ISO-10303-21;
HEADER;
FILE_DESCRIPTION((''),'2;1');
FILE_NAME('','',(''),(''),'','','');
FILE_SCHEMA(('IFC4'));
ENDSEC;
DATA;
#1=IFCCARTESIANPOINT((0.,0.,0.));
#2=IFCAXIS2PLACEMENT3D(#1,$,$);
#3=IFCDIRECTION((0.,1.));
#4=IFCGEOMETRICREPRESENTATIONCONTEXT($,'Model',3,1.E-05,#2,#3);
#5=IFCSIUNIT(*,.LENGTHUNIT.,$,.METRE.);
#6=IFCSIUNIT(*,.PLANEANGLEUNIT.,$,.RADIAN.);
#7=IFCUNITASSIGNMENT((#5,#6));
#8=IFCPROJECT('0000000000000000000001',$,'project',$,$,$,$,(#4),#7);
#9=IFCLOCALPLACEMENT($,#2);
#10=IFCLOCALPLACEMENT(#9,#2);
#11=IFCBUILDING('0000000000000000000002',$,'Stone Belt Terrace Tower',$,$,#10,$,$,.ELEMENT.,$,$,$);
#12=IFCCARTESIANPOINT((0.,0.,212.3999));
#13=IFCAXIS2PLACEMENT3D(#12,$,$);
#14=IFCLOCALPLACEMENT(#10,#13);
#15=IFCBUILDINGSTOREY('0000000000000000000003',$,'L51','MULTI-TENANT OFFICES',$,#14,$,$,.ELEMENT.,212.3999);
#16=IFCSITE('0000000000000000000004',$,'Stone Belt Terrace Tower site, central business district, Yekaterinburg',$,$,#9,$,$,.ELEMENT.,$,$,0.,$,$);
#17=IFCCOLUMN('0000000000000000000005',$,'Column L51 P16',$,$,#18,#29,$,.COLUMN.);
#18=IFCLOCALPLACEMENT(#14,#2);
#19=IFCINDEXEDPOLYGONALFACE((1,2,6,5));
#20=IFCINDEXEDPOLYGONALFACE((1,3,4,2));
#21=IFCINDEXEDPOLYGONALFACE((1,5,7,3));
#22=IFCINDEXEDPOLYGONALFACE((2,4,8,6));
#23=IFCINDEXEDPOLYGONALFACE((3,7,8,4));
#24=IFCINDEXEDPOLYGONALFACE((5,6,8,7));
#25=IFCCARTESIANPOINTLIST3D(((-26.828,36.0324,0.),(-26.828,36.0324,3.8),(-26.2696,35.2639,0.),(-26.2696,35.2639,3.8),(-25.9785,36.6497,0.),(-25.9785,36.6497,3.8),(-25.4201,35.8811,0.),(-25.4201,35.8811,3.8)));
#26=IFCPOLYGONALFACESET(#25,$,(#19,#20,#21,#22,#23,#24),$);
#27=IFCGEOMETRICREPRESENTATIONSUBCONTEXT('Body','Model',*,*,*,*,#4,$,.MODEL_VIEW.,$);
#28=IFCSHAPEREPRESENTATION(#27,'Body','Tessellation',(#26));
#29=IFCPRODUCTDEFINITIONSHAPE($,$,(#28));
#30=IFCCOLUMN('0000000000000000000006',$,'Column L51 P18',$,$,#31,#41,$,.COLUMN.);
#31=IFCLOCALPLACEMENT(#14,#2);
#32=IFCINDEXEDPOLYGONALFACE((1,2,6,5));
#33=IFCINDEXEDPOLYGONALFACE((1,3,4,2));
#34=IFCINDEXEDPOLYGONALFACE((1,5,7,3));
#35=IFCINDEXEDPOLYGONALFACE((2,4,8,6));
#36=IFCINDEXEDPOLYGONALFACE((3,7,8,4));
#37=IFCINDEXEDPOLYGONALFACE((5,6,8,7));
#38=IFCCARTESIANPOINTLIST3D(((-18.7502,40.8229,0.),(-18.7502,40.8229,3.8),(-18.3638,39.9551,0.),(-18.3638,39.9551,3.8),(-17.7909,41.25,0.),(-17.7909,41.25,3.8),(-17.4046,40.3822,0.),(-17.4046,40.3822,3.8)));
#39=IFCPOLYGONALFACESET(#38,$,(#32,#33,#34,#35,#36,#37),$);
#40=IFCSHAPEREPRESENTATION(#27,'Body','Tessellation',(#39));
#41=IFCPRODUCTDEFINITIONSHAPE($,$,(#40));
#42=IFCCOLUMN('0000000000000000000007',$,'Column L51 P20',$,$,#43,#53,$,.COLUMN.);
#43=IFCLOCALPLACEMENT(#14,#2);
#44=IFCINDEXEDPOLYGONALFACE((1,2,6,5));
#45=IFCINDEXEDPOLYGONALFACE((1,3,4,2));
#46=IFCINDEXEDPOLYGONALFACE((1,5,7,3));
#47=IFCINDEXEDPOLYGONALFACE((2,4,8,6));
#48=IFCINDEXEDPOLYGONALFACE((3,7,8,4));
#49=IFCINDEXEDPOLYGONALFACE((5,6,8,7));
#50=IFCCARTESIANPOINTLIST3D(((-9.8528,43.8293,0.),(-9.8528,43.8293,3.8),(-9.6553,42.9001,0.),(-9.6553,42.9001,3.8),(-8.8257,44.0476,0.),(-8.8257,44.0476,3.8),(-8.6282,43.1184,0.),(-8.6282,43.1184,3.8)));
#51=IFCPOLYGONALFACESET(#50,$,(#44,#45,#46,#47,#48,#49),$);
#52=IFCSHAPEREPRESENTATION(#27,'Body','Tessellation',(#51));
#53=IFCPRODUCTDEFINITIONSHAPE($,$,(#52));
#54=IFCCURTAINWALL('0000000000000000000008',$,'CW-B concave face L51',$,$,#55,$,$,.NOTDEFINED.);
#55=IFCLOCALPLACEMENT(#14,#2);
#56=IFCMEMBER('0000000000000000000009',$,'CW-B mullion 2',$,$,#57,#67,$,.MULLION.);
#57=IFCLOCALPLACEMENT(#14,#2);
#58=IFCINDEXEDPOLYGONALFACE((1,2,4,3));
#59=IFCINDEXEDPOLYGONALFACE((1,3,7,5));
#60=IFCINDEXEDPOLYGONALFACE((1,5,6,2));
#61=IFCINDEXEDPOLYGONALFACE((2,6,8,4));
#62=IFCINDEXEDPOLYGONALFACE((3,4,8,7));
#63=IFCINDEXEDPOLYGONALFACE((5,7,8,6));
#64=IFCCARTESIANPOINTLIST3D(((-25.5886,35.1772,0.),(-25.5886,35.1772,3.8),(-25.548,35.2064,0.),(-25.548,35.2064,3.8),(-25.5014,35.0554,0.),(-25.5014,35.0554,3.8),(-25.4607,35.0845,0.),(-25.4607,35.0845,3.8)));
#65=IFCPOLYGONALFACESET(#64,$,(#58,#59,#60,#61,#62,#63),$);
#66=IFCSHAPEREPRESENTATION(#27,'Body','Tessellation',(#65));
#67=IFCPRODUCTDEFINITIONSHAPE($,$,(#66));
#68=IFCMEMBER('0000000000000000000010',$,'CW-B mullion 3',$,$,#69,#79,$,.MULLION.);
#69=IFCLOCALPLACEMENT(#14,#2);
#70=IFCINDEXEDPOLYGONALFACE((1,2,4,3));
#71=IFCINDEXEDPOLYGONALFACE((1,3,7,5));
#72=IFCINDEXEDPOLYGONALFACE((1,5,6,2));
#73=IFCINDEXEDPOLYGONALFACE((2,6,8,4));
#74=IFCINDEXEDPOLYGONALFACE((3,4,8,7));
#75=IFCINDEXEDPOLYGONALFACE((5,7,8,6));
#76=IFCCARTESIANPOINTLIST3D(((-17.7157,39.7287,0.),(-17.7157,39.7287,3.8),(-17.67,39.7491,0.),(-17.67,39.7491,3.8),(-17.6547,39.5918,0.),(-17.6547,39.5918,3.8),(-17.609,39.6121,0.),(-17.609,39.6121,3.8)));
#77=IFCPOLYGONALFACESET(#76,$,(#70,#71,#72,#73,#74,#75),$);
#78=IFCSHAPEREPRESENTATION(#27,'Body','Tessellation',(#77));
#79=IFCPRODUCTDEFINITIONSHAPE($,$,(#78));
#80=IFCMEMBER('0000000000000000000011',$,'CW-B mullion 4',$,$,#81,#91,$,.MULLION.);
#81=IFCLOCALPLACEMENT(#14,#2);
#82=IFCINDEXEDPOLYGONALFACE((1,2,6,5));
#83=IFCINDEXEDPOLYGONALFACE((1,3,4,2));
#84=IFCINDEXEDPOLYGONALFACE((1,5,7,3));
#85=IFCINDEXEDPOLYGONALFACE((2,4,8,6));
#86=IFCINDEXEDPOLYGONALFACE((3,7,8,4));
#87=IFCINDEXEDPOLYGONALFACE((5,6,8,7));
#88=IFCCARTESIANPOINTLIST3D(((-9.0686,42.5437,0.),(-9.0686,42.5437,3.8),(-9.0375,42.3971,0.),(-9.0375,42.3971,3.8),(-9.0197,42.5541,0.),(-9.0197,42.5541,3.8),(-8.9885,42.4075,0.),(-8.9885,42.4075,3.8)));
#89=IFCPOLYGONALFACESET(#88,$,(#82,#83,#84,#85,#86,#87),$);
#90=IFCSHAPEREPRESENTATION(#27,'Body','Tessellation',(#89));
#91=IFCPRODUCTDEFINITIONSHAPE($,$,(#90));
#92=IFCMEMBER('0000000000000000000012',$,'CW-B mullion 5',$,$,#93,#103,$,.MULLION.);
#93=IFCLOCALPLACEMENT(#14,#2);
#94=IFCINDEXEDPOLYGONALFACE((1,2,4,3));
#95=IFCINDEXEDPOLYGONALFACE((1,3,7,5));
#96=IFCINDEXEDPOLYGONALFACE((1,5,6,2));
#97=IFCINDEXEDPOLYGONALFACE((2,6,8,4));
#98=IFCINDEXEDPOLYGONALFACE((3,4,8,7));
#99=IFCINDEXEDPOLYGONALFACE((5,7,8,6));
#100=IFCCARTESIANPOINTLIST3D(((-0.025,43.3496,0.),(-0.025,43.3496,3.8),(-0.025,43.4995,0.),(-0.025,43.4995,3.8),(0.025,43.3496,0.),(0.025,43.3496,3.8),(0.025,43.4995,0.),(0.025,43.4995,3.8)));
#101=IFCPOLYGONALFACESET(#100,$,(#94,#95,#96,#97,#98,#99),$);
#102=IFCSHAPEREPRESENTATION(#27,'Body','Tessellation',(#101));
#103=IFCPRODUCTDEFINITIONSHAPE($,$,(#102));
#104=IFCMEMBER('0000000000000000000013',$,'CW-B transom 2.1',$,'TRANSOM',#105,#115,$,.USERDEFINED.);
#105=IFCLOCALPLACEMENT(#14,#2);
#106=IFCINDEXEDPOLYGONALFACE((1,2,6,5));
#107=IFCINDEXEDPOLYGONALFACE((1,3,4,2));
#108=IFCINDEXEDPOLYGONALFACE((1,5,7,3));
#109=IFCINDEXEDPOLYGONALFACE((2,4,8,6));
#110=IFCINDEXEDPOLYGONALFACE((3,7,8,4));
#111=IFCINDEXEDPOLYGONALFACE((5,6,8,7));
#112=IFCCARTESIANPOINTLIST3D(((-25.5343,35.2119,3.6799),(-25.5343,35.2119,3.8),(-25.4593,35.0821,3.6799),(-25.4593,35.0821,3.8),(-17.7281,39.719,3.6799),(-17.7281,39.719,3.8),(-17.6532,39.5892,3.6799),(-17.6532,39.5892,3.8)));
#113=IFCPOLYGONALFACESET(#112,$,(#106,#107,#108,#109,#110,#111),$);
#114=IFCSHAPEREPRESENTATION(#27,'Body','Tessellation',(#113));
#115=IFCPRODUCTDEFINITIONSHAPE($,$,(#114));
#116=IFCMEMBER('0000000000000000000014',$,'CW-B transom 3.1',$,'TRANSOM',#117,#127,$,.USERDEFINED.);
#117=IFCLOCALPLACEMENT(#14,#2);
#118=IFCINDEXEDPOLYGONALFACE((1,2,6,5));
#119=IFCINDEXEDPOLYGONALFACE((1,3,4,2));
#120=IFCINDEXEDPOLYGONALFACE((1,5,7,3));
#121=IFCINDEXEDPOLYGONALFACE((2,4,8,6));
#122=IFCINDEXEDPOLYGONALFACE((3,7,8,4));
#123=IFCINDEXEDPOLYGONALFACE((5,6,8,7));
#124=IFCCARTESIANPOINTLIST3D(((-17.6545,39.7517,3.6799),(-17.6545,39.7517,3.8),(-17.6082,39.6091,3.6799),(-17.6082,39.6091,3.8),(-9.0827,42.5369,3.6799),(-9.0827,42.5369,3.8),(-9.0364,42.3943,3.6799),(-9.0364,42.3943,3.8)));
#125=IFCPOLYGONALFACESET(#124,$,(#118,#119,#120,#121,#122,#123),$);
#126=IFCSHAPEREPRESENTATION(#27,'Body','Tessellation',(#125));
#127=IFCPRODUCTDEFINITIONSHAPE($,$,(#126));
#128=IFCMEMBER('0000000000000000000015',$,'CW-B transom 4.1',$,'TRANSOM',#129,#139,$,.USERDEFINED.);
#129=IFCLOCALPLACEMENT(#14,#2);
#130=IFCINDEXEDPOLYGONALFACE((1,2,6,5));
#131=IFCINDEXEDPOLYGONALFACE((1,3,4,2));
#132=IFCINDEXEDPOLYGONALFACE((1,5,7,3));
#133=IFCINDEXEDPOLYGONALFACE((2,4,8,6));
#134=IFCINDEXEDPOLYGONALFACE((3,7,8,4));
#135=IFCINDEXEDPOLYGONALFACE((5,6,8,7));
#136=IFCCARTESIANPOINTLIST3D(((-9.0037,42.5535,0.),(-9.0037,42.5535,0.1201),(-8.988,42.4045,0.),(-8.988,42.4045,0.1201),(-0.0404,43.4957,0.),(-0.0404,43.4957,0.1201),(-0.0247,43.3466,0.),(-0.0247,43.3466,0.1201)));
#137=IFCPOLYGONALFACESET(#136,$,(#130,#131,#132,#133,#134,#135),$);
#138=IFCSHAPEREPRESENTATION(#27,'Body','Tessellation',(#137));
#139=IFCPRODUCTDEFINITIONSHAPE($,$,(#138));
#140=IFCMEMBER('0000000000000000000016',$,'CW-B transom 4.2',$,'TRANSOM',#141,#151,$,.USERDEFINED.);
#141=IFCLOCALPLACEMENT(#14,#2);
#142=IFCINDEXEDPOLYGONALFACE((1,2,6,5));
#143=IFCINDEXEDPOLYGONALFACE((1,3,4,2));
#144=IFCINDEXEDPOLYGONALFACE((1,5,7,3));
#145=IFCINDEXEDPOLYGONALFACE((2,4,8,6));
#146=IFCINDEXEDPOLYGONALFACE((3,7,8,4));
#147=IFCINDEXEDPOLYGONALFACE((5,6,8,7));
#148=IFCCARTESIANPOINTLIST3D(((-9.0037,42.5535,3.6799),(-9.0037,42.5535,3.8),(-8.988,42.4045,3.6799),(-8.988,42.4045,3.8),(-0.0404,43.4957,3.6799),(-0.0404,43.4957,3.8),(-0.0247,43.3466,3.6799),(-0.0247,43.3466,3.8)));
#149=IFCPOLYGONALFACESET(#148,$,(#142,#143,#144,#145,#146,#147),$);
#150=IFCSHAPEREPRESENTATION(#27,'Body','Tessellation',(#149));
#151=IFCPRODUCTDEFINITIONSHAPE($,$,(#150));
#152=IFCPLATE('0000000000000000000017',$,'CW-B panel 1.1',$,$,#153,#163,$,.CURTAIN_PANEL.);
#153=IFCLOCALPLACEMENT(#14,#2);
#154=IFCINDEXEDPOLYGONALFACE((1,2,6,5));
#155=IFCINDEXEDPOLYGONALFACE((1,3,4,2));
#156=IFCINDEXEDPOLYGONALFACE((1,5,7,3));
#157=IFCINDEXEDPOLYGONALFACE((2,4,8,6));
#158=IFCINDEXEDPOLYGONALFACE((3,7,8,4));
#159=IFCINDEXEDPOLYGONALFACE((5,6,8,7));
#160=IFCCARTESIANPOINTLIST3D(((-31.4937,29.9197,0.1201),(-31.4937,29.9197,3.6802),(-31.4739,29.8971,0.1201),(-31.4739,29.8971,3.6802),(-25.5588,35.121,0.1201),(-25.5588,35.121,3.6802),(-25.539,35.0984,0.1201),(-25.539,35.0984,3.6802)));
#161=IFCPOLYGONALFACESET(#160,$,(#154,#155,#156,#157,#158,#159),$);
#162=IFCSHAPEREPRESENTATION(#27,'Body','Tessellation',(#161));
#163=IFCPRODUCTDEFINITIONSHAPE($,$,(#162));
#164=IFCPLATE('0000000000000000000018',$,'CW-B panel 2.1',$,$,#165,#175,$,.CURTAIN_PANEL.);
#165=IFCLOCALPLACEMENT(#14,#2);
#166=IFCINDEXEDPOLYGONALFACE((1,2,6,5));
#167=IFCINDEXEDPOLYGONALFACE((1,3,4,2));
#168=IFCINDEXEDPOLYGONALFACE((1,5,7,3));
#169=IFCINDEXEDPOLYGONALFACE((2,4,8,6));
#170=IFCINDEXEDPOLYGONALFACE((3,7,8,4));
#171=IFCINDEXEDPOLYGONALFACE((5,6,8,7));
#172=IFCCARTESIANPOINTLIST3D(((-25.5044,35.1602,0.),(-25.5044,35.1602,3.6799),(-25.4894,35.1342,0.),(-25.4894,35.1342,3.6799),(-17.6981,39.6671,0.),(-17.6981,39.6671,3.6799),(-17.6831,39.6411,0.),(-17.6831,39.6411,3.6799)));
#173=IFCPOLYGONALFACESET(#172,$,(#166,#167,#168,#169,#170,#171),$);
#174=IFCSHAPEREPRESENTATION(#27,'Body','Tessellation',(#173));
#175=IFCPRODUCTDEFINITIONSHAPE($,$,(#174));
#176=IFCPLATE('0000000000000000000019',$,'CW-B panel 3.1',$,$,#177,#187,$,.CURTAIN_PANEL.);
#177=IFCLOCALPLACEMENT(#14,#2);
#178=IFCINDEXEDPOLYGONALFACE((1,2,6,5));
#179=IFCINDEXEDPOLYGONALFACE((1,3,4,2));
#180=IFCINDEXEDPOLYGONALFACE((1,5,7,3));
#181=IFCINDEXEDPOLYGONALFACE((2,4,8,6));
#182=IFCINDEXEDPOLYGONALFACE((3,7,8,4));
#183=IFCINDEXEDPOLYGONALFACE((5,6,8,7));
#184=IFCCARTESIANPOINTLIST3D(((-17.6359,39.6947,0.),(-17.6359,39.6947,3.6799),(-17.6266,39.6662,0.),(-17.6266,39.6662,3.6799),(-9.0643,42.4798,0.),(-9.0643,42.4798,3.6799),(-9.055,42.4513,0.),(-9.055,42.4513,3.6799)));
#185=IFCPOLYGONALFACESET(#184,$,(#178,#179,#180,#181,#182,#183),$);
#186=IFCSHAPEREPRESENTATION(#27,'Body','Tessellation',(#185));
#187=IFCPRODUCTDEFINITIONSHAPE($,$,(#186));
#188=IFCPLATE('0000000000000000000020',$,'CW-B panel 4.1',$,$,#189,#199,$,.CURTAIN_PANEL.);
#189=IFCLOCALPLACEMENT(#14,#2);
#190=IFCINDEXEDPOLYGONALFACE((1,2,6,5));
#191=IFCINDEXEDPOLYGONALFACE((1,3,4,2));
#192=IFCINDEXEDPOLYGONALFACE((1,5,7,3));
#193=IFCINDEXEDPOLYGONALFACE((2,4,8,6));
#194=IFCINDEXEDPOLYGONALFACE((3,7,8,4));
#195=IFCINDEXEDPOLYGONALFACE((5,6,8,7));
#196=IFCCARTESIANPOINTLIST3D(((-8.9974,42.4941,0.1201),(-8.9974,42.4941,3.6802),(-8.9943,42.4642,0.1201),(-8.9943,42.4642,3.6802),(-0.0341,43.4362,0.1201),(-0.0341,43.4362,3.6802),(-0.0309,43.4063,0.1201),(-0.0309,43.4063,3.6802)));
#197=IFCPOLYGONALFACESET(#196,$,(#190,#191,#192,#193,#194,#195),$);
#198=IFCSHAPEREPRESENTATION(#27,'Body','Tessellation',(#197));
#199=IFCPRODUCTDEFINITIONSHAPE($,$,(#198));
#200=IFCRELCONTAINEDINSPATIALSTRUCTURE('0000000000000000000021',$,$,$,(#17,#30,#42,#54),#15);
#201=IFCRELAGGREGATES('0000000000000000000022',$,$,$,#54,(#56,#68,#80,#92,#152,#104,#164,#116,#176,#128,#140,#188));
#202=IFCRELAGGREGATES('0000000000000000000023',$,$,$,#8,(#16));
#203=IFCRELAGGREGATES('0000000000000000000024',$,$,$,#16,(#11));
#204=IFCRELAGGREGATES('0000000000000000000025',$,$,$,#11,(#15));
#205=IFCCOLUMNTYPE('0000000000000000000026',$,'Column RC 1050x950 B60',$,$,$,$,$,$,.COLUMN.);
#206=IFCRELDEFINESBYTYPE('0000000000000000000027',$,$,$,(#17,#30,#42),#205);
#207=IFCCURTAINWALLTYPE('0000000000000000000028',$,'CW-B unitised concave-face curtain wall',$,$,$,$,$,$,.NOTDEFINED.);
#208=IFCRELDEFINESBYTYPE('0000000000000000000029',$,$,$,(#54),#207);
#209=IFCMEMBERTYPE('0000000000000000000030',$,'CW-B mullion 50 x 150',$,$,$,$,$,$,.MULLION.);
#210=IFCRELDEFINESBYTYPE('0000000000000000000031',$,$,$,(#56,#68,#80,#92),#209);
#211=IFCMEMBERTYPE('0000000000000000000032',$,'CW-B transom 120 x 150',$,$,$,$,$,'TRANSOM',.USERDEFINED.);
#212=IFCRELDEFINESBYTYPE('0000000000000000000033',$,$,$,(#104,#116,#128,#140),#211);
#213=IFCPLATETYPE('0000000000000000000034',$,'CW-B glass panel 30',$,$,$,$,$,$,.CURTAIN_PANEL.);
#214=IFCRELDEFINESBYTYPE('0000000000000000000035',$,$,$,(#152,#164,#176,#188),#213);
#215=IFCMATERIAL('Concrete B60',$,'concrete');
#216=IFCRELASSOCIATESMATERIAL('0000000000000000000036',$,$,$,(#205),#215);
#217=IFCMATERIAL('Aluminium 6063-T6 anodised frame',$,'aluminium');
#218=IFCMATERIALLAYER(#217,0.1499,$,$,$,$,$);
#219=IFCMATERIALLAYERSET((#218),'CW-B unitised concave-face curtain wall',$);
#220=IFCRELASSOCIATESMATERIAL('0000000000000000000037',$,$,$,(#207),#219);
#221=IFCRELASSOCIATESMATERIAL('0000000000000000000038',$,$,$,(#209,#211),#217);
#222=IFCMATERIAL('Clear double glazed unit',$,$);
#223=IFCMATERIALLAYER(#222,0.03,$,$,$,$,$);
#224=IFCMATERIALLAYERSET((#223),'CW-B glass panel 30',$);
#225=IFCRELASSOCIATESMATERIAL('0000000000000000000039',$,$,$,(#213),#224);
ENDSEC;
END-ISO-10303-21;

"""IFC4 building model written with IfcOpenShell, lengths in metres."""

from ifc_helpers import new_model, si_unit, direction, frame, origin, origin_2d, place, context, subcontext, project, spatial, rectangle, extrude, material, layer, layer_set, material_profile, profile_set, type_object, element, aggregate, save


model = new_model("IFC4")

# Units and contexts
model_context = context("Model", 3, precision=1e-05, world=origin(), true_north=direction((0.0, 1.0)))
body_context = subcontext(model_context, "Body", "Model", "MODEL_VIEW")
ifc_project = project(units=[si_unit("LENGTHUNIT", "METRE"), si_unit("PLANEANGLEUNIT", "RADIAN")], contexts=[model_context])

# Site, building, storey
site_placement = place(None, origin())
site = spatial("IfcSite", under=ifc_project, at=site_placement, Name="Stone Belt Terrace Tower site, central business district, Yekaterinburg", CompositionType="ELEMENT", RefElevation=0.0)
building_placement = place(site_placement, origin())
building = spatial("IfcBuilding", under=site, at=building_placement, Name="Stone Belt Terrace Tower", CompositionType="ELEMENT")
storey_placement = place(building_placement, frame((0.0, 0.0, 212.3999)))
storey = spatial("IfcBuildingStorey", under=building, at=storey_placement, Name="L51", Description="MULTI-TENANT OFFICES", CompositionType="ELEMENT", Elevation=212.3999)

# Columns
ifc_material_1 = material(Name="Concrete B60", Category="concrete")
ifc_material_profile_1 = material_profile(ifc_material_1, rectangle(XDim=1.05, YDim=0.95, at=origin_2d()), Name="RC 1050x950")
ifc_profile_set_1 = profile_set([ifc_material_profile_1], Name="Concrete B60")
column_type = type_object("IfcColumnType", Name="Column RC 1050x950 B60", PredefinedType="COLUMN", material=ifc_profile_set_1)
for number, where, z_axis, x_axis, name in (
    (1, (-26.124, 35.9568, 0.0), (0.0, 0.0, 1.0), (0.809017, 0.587785, 0.0), "Column L51 P16"),
    (2, (-18.0774, 40.6025, 0.0), (0.0, 0.0, 1.0), (0.913545, 0.406737, 0.0), "Column L51 P18"),
    (3, (-9.2405, 43.4739, 0.0), (0.0, 0.0, 1.0), (0.978148, 0.207912, 0.0), "Column L51 P20"),
):
    element("IfcColumn", number, at=place(storey_placement, frame(where, z_axis=z_axis, x_axis=x_axis)), inside=storey, type_object=column_type, Name=name, PredefinedType="COLUMN", context=body_context, shape_type="SweptSolid", body=[
        extrude(rectangle(XDim=1.05, YDim=0.95, at=origin_2d()), origin(), (0.0, 0.0, 1.0), 3.8),
    ])

# Curtain wall, members, plates
ifc_material_2 = material(Name="Aluminium 6063-T6 anodised frame", Category="aluminium")
ifc_layer_1 = layer(ifc_material_2, 0.1499)
ifc_layer_set_1 = layer_set([ifc_layer_1], Name="CW-B unitised concave-face curtain wall")
curtain_wall_type = type_object("IfcCurtainWallType", Name="CW-B unitised concave-face curtain wall", PredefinedType="NOTDEFINED", material=ifc_layer_set_1)
curtain_wall_placement = place(storey_placement, origin())
curtain_wall = element("IfcCurtainWall", 4, at=curtain_wall_placement, inside=storey, type_object=curtain_wall_type, Name="CW-B concave face L51", PredefinedType="NOTDEFINED")
ifc_material_profile_2 = material_profile(ifc_material_2, rectangle(XDim=0.1499, YDim=0.05, at=origin_2d()), Name="Aluminium 6063-T6 50x150")
ifc_profile_set_2 = profile_set([ifc_material_profile_2], Name="Aluminium 6063-T6 anodised frame")
member_type_1 = type_object("IfcMemberType", Name="CW-B mullion 50 x 150", PredefinedType="MULLION", material=ifc_profile_set_2)
member_1_placement = place(storey_placement, frame((-25.5247, 35.1309, 0.0), z_axis=(0.0, 0.0, 1.0), x_axis=(-0.582342, 0.812944, 0.0)))
member_1 = element("IfcMember", 5, at=member_1_placement, type_object=member_type_1, Name="CW-B mullion 2", PredefinedType="MULLION", context=body_context, shape_type="SweptSolid", body=[
    extrude(rectangle(XDim=0.1499, YDim=0.05, at=origin_2d()), origin(), (0.0, 0.0, 1.0), 3.8),
])
member_2_placement = place(storey_placement, frame((-17.6624, 39.6704, 0.0), z_axis=(0.0, 0.0, 1.0), x_axis=(-0.406737, 0.913545, 0.0)))
member_2 = element("IfcMember", 6, at=member_2_placement, type_object=member_type_1, Name="CW-B mullion 3", PredefinedType="MULLION", context=body_context, shape_type="SweptSolid", body=[
    extrude(rectangle(XDim=0.1499, YDim=0.05, at=origin_2d()), origin(), (0.0, 0.0, 1.0), 3.8),
])
member_3_placement = place(storey_placement, frame((-9.0286, 42.4756, 0.0), z_axis=(0.0, 0.0, 1.0), x_axis=(-0.207912, 0.978148, 0.0)))
member_3 = element("IfcMember", 7, at=member_3_placement, type_object=member_type_1, Name="CW-B mullion 4", PredefinedType="MULLION", context=body_context, shape_type="SweptSolid", body=[
    extrude(rectangle(XDim=0.1499, YDim=0.05, at=origin_2d()), origin(), (0.0, 0.0, 1.0), 3.8),
])
member_4_placement = place(storey_placement, frame((0.0, 43.4246, 0.0), z_axis=(0.0, 0.0, 1.0), x_axis=(0.0, 1.0, 0.0)))
member_4 = element("IfcMember", 8, at=member_4_placement, type_object=member_type_1, Name="CW-B mullion 5", PredefinedType="MULLION", context=body_context, shape_type="SweptSolid", body=[
    extrude(rectangle(XDim=0.1499, YDim=0.05, at=origin_2d()), origin(), (0.0, 0.0, 1.0), 3.8),
])
ifc_material_profile_3 = material_profile(ifc_material_2, rectangle(XDim=0.1499, YDim=0.1201, at=origin_2d()), Name="Aluminium 6063-T6 150x120")
ifc_profile_set_3 = profile_set([ifc_material_profile_3], Name="Aluminium 6063-T6 anodised frame")
member_type_2 = type_object("IfcMemberType", Name="CW-B transom 120 x 150", ElementType="TRANSOM", PredefinedType="USERDEFINED", material=ifc_profile_set_3)
member_5_placement = place(storey_placement, frame((-25.4968, 35.147, 3.74), z_axis=(0.866016, 0.500016, 0.0), x_axis=(-0.500016, 0.866016, 0.0)))
member_5 = element("IfcMember", 9, at=member_5_placement, type_object=member_type_2, Name="CW-B transom 2.1", ObjectType="TRANSOM", PredefinedType="USERDEFINED", context=body_context, shape_type="SweptSolid", body=[
    extrude(rectangle(XDim=0.1499, YDim=0.1201, at=origin_2d()), origin(), (0.0, 0.0, 1.0), 9.0139),
])
member_6_placement = place(storey_placement, frame((-17.6313, 39.6804, 3.74), z_axis=(0.951056, 0.309019, 0.0), x_axis=(-0.309019, 0.951056, 0.0)))
member_6 = element("IfcMember", 10, at=member_6_placement, type_object=member_type_2, Name="CW-B transom 3.1", ObjectType="TRANSOM", PredefinedType="USERDEFINED", context=body_context, shape_type="SweptSolid", body=[
    extrude(rectangle(XDim=0.1499, YDim=0.1201, at=origin_2d()), origin(), (0.0, 0.0, 1.0), 9.0129),
])
member_7_placement = place(storey_placement, frame((-8.9958, 42.479, 0.0601), z_axis=(0.994521, 0.104534, 0.0), x_axis=(-0.104534, 0.994521, 0.0)))
member_7 = element("IfcMember", 11, at=member_7_placement, type_object=member_type_2, Name="CW-B transom 4.1", ObjectType="TRANSOM", PredefinedType="USERDEFINED", context=body_context, shape_type="SweptSolid", body=[
    extrude(rectangle(XDim=0.1499, YDim=0.1201, at=origin_2d()), origin(), (0.0, 0.0, 1.0), 9.0127),
])
member_8_placement = place(storey_placement, frame((-8.9958, 42.479, 3.74), z_axis=(0.994521, 0.104534, 0.0), x_axis=(-0.104534, 0.994521, 0.0)))
member_8 = element("IfcMember", 12, at=member_8_placement, type_object=member_type_2, Name="CW-B transom 4.2", ObjectType="TRANSOM", PredefinedType="USERDEFINED", context=body_context, shape_type="SweptSolid", body=[
    extrude(rectangle(XDim=0.1499, YDim=0.1201, at=origin_2d()), origin(), (0.0, 0.0, 1.0), 9.0127),
])
ifc_material_3 = material(Name="Clear double glazed unit")
ifc_layer_2 = layer(ifc_material_3, 0.03)
ifc_layer_set_2 = layer_set([ifc_layer_2], Name="CW-B glass panel 30")
plate_type = type_object("IfcPlateType", Name="CW-B glass panel 30", PredefinedType="CURTAIN_PANEL", material=ifc_layer_set_2)
plate_1_placement = place(storey_placement, frame((-28.5164, 32.509, 0.1201), z_axis=(0.0, 0.0, 1.0), x_axis=(0.75206, 0.659094, 0.0)))
plate_1 = element("IfcPlate", 13, at=plate_1_placement, type_object=plate_type, Name="CW-B panel 1.1", PredefinedType="CURTAIN_PANEL", context=body_context, shape_type="SweptSolid", body=[
    extrude(rectangle(XDim=7.8916, YDim=0.03, at=origin_2d()), origin(), (0.0, 0.0, 1.0), 3.5601),
])
plate_2_placement = place(storey_placement, frame((-21.5938, 37.4006, 0.0), z_axis=(0.0, 0.0, 1.0), x_axis=(0.866025, 0.5, 0.0)))
plate_2 = element("IfcPlate", 14, at=plate_2_placement, type_object=plate_type, Name="CW-B panel 2.1", PredefinedType="CURTAIN_PANEL", context=body_context, shape_type="SweptSolid", body=[
    extrude(rectangle(XDim=9.0139, YDim=0.03, at=origin_2d()), origin(), (0.0, 0.0, 1.0), 3.6799),
])
plate_3_placement = place(storey_placement, frame((-13.3455, 41.073, 0.0), z_axis=(0.0, 0.0, 1.0), x_axis=(0.951057, 0.309017, 0.0)))
plate_3 = element("IfcPlate", 15, at=plate_3_placement, type_object=plate_type, Name="CW-B panel 3.1", PredefinedType="CURTAIN_PANEL", context=body_context, shape_type="SweptSolid", body=[
    extrude(rectangle(XDim=9.0127, YDim=0.03, at=origin_2d()), origin(), (0.0, 0.0, 1.0), 3.6799),
])
plate_4_placement = place(storey_placement, frame((-4.5142, 42.9502, 0.1201), z_axis=(0.0, 0.0, 1.0), x_axis=(0.994522, 0.104528, 0.0)))
plate_4 = element("IfcPlate", 16, at=plate_4_placement, type_object=plate_type, Name="CW-B panel 4.1", PredefinedType="CURTAIN_PANEL", context=body_context, shape_type="SweptSolid", body=[
    extrude(rectangle(XDim=9.0127, YDim=0.03, at=origin_2d()), origin(), (0.0, 0.0, 1.0), 3.5601),
])
aggregate(curtain_wall, [member_1, member_2, member_3, member_4, plate_1, member_5, plate_2, member_6, plate_3, member_7, member_8, plate_4])

save(model, "model.ifc")
